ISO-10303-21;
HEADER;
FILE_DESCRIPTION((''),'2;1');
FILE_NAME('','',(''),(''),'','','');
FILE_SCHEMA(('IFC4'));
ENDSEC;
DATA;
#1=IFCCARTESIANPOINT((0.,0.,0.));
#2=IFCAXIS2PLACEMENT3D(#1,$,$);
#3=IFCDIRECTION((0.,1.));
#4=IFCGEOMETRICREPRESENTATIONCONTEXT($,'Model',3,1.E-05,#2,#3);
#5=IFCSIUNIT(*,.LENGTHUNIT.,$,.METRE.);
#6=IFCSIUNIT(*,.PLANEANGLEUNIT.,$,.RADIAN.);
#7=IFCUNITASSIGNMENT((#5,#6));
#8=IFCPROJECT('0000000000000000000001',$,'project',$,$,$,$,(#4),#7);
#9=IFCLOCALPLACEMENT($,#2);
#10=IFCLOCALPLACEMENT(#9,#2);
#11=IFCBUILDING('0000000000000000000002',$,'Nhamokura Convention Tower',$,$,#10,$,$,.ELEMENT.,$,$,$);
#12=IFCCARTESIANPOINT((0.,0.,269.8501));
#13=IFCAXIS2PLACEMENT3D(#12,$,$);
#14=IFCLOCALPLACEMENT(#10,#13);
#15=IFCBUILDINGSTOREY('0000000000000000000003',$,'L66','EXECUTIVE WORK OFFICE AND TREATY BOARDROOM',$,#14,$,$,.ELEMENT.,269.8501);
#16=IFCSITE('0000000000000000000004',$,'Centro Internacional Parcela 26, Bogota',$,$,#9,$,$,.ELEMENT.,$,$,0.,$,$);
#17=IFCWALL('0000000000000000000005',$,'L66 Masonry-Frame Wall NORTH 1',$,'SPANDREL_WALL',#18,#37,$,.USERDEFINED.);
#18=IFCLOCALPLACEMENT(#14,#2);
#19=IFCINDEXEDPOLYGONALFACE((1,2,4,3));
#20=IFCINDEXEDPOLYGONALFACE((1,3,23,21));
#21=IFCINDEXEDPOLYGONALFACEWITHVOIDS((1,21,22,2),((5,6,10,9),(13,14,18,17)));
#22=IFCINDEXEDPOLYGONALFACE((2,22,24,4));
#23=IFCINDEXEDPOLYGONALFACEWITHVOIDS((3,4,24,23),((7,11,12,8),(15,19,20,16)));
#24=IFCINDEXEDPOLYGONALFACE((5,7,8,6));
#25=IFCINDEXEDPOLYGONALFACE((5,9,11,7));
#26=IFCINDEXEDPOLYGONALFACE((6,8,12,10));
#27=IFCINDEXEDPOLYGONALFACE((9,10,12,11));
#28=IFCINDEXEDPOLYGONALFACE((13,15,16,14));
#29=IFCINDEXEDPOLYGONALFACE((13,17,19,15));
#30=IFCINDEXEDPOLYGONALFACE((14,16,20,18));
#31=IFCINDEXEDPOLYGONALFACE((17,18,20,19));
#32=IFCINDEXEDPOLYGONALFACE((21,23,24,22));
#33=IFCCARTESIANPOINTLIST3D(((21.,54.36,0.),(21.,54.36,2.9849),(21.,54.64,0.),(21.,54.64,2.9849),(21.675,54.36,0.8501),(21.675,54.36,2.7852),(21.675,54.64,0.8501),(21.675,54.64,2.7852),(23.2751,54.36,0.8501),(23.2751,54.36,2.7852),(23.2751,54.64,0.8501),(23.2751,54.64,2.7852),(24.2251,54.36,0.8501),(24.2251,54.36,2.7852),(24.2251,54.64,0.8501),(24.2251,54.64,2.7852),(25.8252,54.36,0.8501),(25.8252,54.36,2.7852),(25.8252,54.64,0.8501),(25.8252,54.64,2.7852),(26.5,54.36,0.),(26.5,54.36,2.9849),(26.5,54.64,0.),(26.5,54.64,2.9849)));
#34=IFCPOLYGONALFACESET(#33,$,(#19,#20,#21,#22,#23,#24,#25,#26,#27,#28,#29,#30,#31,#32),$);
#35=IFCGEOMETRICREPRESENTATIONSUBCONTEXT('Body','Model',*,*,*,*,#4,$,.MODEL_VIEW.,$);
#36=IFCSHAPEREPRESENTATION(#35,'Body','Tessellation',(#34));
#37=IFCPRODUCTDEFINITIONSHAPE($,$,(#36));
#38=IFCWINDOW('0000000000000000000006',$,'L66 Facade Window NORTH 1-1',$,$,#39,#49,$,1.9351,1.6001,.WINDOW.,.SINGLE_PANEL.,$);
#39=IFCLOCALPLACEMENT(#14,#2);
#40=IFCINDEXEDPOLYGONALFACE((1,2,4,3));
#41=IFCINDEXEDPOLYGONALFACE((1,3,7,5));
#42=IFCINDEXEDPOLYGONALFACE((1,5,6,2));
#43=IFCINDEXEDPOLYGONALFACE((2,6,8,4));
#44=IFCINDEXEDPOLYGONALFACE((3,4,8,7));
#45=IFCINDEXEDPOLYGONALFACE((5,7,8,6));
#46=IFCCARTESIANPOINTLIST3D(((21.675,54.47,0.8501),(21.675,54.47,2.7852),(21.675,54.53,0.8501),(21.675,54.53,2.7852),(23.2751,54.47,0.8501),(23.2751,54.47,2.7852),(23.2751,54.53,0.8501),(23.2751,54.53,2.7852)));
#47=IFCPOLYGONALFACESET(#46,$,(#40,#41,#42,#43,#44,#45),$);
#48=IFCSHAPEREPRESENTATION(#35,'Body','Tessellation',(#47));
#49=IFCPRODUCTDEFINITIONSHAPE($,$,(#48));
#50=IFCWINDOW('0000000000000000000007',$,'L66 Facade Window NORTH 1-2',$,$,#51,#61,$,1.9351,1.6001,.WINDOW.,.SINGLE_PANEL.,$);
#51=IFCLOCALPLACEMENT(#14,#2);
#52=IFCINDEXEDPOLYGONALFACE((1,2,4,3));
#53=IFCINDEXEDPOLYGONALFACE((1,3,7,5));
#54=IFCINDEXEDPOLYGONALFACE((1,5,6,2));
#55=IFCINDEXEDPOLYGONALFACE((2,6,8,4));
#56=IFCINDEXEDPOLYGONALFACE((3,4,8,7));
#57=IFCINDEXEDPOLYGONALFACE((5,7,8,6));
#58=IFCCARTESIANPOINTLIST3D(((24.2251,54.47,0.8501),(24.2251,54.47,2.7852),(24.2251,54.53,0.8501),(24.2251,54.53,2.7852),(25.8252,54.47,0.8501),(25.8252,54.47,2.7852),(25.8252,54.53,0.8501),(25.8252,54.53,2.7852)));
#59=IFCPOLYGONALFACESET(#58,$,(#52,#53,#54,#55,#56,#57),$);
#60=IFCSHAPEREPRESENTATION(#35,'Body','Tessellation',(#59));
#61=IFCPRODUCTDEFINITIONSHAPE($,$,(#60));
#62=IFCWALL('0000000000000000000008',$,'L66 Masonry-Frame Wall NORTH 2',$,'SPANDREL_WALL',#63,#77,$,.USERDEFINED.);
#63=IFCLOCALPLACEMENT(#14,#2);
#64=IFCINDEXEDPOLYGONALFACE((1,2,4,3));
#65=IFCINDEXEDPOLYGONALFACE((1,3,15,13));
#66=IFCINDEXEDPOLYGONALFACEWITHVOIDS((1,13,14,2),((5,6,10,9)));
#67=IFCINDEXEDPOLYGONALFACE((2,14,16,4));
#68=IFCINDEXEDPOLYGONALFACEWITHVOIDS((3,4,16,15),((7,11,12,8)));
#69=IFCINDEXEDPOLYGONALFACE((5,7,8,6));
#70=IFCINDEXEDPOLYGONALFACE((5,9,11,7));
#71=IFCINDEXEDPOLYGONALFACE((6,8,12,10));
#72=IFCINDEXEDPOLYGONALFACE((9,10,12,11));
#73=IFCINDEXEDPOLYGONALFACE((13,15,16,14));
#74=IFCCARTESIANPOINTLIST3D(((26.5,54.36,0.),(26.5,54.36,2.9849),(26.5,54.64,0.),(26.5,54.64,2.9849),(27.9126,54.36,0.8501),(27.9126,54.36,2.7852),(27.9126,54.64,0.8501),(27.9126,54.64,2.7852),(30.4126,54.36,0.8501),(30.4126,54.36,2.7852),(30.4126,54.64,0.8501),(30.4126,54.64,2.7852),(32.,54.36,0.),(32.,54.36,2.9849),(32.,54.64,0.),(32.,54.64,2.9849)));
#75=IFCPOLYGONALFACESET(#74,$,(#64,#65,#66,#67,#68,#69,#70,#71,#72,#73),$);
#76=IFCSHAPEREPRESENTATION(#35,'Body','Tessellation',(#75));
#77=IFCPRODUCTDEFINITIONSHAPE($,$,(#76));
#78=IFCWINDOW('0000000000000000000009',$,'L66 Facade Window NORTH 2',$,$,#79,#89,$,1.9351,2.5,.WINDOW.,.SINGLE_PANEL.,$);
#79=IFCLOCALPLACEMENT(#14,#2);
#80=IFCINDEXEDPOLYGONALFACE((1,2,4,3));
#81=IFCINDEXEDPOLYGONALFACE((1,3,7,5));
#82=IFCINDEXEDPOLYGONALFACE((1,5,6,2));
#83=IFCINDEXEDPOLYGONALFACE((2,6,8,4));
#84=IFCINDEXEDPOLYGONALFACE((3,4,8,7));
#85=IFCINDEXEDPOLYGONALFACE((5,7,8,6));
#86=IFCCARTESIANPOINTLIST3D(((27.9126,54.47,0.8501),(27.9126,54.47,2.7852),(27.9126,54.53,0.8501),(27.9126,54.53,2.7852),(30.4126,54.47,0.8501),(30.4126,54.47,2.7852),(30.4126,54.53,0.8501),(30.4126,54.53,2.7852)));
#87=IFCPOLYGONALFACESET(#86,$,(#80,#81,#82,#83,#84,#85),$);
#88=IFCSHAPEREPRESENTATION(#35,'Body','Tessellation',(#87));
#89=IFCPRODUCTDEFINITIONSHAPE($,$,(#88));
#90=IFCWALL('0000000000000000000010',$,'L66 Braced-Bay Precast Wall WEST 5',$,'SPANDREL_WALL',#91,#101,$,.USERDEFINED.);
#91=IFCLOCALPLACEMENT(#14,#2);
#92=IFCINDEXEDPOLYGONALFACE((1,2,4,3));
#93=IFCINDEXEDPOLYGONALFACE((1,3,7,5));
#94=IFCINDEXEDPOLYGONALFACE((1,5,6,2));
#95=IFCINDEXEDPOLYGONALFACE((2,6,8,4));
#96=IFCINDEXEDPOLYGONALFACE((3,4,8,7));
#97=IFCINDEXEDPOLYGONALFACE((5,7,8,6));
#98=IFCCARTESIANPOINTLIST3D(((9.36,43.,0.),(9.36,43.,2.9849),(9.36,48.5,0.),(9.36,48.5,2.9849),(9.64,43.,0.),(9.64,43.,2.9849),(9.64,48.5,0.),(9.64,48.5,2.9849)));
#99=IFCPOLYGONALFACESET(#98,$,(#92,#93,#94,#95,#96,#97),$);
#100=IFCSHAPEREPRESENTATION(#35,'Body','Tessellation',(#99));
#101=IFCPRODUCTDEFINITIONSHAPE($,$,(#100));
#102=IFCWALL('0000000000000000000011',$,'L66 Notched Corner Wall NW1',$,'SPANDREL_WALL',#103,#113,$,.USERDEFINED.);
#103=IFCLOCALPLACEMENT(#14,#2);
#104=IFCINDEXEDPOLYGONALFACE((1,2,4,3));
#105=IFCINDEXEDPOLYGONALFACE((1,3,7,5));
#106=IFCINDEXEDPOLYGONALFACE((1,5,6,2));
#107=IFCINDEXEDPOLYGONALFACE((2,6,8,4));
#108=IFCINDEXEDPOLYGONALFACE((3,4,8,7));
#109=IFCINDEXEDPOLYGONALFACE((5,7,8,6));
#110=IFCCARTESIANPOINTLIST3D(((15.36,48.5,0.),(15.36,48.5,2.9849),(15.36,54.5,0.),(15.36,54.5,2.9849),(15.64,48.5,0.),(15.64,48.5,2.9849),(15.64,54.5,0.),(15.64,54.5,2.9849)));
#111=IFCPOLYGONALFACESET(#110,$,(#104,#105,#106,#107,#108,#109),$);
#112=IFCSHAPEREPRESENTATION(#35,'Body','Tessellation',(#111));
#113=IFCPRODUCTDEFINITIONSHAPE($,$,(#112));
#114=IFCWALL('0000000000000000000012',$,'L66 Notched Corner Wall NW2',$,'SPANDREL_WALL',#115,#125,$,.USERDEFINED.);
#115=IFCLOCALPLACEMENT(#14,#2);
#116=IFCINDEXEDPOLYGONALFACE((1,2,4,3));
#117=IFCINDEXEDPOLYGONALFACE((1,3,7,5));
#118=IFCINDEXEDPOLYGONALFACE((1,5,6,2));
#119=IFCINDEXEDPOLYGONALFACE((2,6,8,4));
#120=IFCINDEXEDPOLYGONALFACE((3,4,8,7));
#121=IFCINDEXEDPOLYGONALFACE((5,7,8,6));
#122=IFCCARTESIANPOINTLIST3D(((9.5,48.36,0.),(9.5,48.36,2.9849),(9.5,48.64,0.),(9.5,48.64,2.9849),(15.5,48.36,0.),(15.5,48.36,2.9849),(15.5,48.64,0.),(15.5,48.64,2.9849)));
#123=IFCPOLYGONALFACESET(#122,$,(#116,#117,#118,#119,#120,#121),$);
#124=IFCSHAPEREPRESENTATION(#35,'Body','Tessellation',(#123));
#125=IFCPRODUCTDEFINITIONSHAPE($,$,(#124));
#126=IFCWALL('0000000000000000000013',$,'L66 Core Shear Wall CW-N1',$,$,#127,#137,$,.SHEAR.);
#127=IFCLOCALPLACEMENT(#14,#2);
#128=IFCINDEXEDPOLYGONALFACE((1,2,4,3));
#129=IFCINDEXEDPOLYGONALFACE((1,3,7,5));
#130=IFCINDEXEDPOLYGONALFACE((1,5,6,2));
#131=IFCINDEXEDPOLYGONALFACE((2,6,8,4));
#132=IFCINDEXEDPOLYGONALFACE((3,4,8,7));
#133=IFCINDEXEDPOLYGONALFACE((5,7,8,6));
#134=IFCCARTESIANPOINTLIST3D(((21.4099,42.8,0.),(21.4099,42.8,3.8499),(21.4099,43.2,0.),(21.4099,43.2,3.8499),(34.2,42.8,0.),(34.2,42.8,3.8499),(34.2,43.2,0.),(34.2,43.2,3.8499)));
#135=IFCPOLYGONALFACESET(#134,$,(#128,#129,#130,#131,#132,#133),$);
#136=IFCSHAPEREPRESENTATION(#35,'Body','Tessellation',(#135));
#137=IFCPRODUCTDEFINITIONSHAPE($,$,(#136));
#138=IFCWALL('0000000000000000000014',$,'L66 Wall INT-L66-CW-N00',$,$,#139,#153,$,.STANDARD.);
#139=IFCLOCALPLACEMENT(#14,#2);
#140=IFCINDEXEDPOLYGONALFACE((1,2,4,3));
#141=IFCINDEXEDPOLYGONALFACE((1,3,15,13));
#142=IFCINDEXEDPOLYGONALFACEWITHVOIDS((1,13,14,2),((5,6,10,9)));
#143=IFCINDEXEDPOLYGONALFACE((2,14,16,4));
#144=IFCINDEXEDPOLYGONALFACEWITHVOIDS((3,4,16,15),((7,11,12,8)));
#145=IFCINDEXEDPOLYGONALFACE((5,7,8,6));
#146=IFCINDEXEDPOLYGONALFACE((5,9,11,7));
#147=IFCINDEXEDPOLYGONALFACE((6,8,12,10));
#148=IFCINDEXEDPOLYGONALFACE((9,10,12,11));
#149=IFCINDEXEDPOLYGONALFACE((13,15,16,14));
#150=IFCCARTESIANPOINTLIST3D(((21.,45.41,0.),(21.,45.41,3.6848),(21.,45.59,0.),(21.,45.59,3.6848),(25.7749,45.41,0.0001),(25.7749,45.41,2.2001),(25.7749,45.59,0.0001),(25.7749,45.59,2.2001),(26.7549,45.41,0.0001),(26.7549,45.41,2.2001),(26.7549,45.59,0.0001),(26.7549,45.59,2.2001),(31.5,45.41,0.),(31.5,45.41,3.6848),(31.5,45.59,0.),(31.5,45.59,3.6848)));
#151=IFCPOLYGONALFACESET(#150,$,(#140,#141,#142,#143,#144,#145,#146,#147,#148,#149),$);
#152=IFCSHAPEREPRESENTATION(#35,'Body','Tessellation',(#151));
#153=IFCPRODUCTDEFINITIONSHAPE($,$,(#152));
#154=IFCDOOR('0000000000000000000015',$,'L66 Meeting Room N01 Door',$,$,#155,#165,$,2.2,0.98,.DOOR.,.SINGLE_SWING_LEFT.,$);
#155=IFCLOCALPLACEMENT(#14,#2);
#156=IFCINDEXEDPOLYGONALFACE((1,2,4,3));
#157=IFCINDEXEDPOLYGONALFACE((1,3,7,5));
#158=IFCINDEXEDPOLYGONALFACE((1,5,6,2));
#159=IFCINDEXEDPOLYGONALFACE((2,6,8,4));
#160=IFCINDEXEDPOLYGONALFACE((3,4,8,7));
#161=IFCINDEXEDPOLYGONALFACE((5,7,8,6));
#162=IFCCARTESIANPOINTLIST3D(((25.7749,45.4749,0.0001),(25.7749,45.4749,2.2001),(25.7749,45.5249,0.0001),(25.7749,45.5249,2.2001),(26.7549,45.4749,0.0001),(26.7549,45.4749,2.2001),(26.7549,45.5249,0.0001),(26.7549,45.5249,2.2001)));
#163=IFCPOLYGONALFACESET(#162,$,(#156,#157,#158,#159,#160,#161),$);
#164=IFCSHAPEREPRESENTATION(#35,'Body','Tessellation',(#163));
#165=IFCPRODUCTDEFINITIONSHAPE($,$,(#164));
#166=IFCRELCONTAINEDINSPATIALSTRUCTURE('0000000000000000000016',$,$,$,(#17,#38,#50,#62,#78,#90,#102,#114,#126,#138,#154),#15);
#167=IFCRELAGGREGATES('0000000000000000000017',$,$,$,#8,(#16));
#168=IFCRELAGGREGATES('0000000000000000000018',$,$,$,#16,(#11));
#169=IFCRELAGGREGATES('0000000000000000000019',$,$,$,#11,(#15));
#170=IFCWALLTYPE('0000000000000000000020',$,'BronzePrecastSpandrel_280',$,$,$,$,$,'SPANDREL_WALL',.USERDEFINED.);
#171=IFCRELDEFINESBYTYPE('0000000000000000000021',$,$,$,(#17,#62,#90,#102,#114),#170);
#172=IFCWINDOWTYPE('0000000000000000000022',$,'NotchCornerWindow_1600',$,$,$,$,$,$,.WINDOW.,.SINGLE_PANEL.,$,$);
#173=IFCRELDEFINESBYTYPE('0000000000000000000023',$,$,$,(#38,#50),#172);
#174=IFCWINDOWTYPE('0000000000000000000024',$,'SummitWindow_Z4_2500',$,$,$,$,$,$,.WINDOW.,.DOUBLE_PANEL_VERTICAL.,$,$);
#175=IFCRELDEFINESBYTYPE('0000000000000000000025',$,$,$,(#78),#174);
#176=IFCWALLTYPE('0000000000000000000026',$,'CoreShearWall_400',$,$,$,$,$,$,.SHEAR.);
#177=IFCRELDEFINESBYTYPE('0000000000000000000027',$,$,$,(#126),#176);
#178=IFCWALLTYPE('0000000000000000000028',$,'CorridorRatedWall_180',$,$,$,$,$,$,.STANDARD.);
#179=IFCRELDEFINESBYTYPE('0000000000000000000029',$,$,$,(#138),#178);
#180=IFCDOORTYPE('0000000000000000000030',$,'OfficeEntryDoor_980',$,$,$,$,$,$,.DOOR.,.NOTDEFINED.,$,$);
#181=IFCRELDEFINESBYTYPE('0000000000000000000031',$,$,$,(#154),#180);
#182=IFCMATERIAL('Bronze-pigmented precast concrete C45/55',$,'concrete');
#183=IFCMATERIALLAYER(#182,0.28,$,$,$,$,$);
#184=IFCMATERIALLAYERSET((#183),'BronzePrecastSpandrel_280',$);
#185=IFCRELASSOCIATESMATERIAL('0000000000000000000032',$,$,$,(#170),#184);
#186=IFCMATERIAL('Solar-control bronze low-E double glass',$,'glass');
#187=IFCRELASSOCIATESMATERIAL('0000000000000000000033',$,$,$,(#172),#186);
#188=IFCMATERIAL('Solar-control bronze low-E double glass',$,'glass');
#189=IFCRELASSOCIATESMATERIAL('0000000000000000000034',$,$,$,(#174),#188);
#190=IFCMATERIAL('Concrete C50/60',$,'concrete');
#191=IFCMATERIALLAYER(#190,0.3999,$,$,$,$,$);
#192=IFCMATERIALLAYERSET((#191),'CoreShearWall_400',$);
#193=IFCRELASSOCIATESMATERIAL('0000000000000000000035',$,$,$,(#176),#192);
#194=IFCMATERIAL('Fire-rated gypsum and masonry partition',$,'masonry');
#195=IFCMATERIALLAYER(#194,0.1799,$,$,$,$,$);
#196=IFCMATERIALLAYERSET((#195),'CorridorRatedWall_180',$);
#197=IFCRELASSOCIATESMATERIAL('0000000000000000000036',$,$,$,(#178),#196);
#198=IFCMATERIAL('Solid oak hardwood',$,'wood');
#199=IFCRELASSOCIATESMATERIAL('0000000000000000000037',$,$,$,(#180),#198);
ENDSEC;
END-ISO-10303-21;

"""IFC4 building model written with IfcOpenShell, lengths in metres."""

from ifc_helpers import new_model, si_unit, direction, frame, frame_2d, origin, place, context, subcontext, project, spatial, rectangle, extrude, material, layer, layer_set, type_object, element, fill, save


model = new_model("IFC4")

# Units and contexts
model_context = context("Model", 3, precision=1e-05, world=origin(), true_north=direction((0.0, 1.0)))
body_context = subcontext(model_context, "Body", "Model", "MODEL_VIEW")
ifc_project = project(units=[si_unit("LENGTHUNIT", "METRE"), si_unit("PLANEANGLEUNIT", "RADIAN")], contexts=[model_context])

# Site, building, storey
site_placement = place(None, origin())
site = spatial("IfcSite", under=ifc_project, at=site_placement, Name="Centro Internacional Parcela 26, Bogota", CompositionType="ELEMENT", RefElevation=0.0)
building_placement = place(site_placement, origin())
building = spatial("IfcBuilding", under=site, at=building_placement, Name="Nhamokura Convention Tower", CompositionType="ELEMENT")
storey_placement = place(building_placement, frame((0.0, 0.0, 269.8501)))
storey = spatial("IfcBuildingStorey", under=building, at=storey_placement, Name="L66", Description="EXECUTIVE WORK OFFICE AND TREATY BOARDROOM", CompositionType="ELEMENT", Elevation=269.8501)

# Shared definitions
ifc_material_1 = material(Name="Bronze-pigmented precast concrete C45/55", Category="concrete")
ifc_layer_1 = layer(ifc_material_1, 0.28)
ifc_layer_set_1 = layer_set([ifc_layer_1], Name="BronzePrecastSpandrel_280")
wall_type_1 = type_object("IfcWallType", Name="BronzePrecastSpandrel_280", ElementType="SPANDREL_WALL", PredefinedType="USERDEFINED", material=ifc_layer_set_1)

# Wall, openings, windows
wall_1_placement = place(storey_placement, frame((21.0, 54.5, 0.0), z_axis=(0.0, 0.0, 1.0), x_axis=(1.0, 0.0, 0.0)))
wall_1 = element("IfcWall", 1, at=wall_1_placement, inside=storey, type_object=wall_type_1, Name="L66 Masonry-Frame Wall NORTH 1", ObjectType="SPANDREL_WALL", PredefinedType="USERDEFINED", context=body_context, shape_type="SweptSolid", body=[
    extrude(rectangle(XDim=5.5, YDim=0.28, at=frame_2d((2.75, 0.0))), origin(), (0.0, 0.0, 1.0), 2.9849),
])
opening_1_placement = place(wall_1_placement, frame((0.675, 0.0, 0.8501)))
opening_1 = element("IfcOpeningElement", 2, at=opening_1_placement, cuts=wall_1, PredefinedType="OPENING", context=body_context, shape_type="SweptSolid", body=[
    extrude(rectangle(XDim=1.6001, YDim=1.9351, at=frame_2d((0.8, 0.9675))), frame((0.0, 0.1499, 0.0), z_axis=(0.0, -1.0, 0.0), x_axis=(1.0, 0.0, 0.0)), (0.0, 0.0, 1.0), 0.3),
])
opening_2_placement = place(wall_1_placement, frame((3.2251, 0.0, 0.8501)))
opening_2 = element("IfcOpeningElement", 3, at=opening_2_placement, cuts=wall_1, PredefinedType="OPENING", context=body_context, shape_type="SweptSolid", body=[
    extrude(rectangle(XDim=1.6001, YDim=1.9351, at=frame_2d((0.8, 0.9675))), frame((0.0, 0.1499, 0.0), z_axis=(0.0, -1.0, 0.0), x_axis=(1.0, 0.0, 0.0)), (0.0, 0.0, 1.0), 0.3),
])
ifc_material_2 = material(Name="Solar-control bronze low-E double glass", Category="glass")
window_type_1 = type_object("IfcWindowType", Name="NotchCornerWindow_1600", PartitioningType="SINGLE_PANEL", PredefinedType="WINDOW", material=ifc_material_2)
window_1_placement = place(opening_1_placement, origin())
window_1 = element("IfcWindow", 4, at=window_1_placement, inside=storey, type_object=window_type_1, Name="L66 Facade Window NORTH 1-1", OverallHeight=1.9351, OverallWidth=1.6001, PartitioningType="SINGLE_PANEL", PredefinedType="WINDOW", context=body_context, shape_type="SweptSolid", body=[
    extrude(rectangle(XDim=1.6001, YDim=1.9351, at=frame_2d((0.8, 0.9675))), frame((0.0, 0.03, 0.0), z_axis=(0.0, -1.0, 0.0), x_axis=(1.0, 0.0, 0.0)), (0.0, 0.0, 1.0), 0.0601),
])
fill(opening_1, window_1)
window_2_placement = place(opening_2_placement, origin())
window_2 = element("IfcWindow", 5, at=window_2_placement, inside=storey, type_object=window_type_1, Name="L66 Facade Window NORTH 1-2", OverallHeight=1.9351, OverallWidth=1.6001, PartitioningType="SINGLE_PANEL", PredefinedType="WINDOW", context=body_context, shape_type="SweptSolid", body=[
    extrude(rectangle(XDim=1.6001, YDim=1.9351, at=frame_2d((0.8, 0.9675))), frame((0.0, 0.03, 0.0), z_axis=(0.0, -1.0, 0.0), x_axis=(1.0, 0.0, 0.0)), (0.0, 0.0, 1.0), 0.0601),
])
fill(opening_2, window_2)

# Wall, opening, window
wall_2_placement = place(storey_placement, frame((26.5, 54.5, 0.0), z_axis=(0.0, 0.0, 1.0), x_axis=(1.0, 0.0, 0.0)))
wall_2 = element("IfcWall", 6, at=wall_2_placement, inside=storey, type_object=wall_type_1, Name="L66 Masonry-Frame Wall NORTH 2", ObjectType="SPANDREL_WALL", PredefinedType="USERDEFINED", context=body_context, shape_type="SweptSolid", body=[
    extrude(rectangle(XDim=5.5, YDim=0.28, at=frame_2d((2.75, 0.0))), origin(), (0.0, 0.0, 1.0), 2.9849),
])
opening_3_placement = place(wall_2_placement, frame((1.4126, 0.0, 0.8501)))
opening_3 = element("IfcOpeningElement", 7, at=opening_3_placement, cuts=wall_2, PredefinedType="OPENING", context=body_context, shape_type="SweptSolid", body=[
    extrude(rectangle(XDim=2.5, YDim=1.9351, at=frame_2d((1.25, 0.9675))), frame((0.0, 0.1499, 0.0), z_axis=(0.0, -1.0, 0.0), x_axis=(1.0, 0.0, 0.0)), (0.0, 0.0, 1.0), 0.3),
])
ifc_material_3 = material(Name="Solar-control bronze low-E double glass", Category="glass")
window_type_2 = type_object("IfcWindowType", Name="SummitWindow_Z4_2500", PartitioningType="DOUBLE_PANEL_VERTICAL", PredefinedType="WINDOW", material=ifc_material_3)
window_3_placement = place(opening_3_placement, origin())
window_3 = element("IfcWindow", 8, at=window_3_placement, inside=storey, type_object=window_type_2, Name="L66 Facade Window NORTH 2", OverallHeight=1.9351, OverallWidth=2.5, PartitioningType="SINGLE_PANEL", PredefinedType="WINDOW", context=body_context, shape_type="SweptSolid", body=[
    extrude(rectangle(XDim=2.5, YDim=1.9351, at=frame_2d((1.25, 0.9675))), frame((0.0, 0.03, 0.0), z_axis=(0.0, -1.0, 0.0), x_axis=(1.0, 0.0, 0.0)), (0.0, 0.0, 1.0), 0.0601),
])
fill(opening_3, window_3)

# Walls
wall_3_placement = place(storey_placement, frame((9.5, 43.0, 0.0), z_axis=(0.0, 0.0, 1.0), x_axis=(0.0, 1.0, 0.0)))
element("IfcWall", 9, at=wall_3_placement, inside=storey, type_object=wall_type_1, Name="L66 Braced-Bay Precast Wall WEST 5", ObjectType="SPANDREL_WALL", PredefinedType="USERDEFINED", context=body_context, shape_type="SweptSolid", body=[
    extrude(rectangle(XDim=5.5, YDim=0.28, at=frame_2d((2.75, 0.0))), origin(), (0.0, 0.0, 1.0), 2.9849),
])
for number, where, z_axis, x_axis, name in (
    (10, (15.5, 48.5, 0.0), (0.0, 0.0, 1.0), (0.0, 1.0, 0.0), "L66 Notched Corner Wall NW1"),
    (11, (9.5, 48.5, 0.0), (0.0, 0.0, 1.0), (1.0, 0.0, 0.0), "L66 Notched Corner Wall NW2"),
):
    element("IfcWall", number, at=place(storey_placement, frame(where, z_axis=z_axis, x_axis=x_axis)), inside=storey, type_object=wall_type_1, Name=name, ObjectType="SPANDREL_WALL", PredefinedType="USERDEFINED", context=body_context, shape_type="SweptSolid", body=[
        extrude(rectangle(XDim=6.0, YDim=0.28, at=frame_2d((3.0, 0.0))), origin(), (0.0, 0.0, 1.0), 2.9849),
    ])
ifc_material_4 = material(Name="Concrete C50/60", Category="concrete")
ifc_layer_2 = layer(ifc_material_4, 0.3999)
ifc_layer_set_2 = layer_set([ifc_layer_2], Name="CoreShearWall_400")
wall_type_2 = type_object("IfcWallType", Name="CoreShearWall_400", PredefinedType="SHEAR", material=ifc_layer_set_2)
wall_4_placement = place(storey_placement, frame((21.4099, 43.0, 0.0), z_axis=(0.0, 0.0, 1.0), x_axis=(1.0, 0.0, 0.0)))
element("IfcWall", 12, at=wall_4_placement, inside=storey, type_object=wall_type_2, Name="L66 Core Shear Wall CW-N1", PredefinedType="SHEAR", context=body_context, shape_type="SweptSolid", body=[
    extrude(rectangle(XDim=12.79, YDim=0.3999, at=frame_2d((6.395, 0.0))), origin(), (0.0, 0.0, 1.0), 3.8499),
])

# Wall, opening, door
ifc_material_5 = material(Name="Fire-rated gypsum and masonry partition", Category="masonry")
ifc_layer_3 = layer(ifc_material_5, 0.1799)
ifc_layer_set_3 = layer_set([ifc_layer_3], Name="CorridorRatedWall_180")
wall_type_3 = type_object("IfcWallType", Name="CorridorRatedWall_180", PredefinedType="STANDARD", material=ifc_layer_set_3)
wall_5_placement = place(storey_placement, frame((21.0, 45.5, 0.0), z_axis=(0.0, 0.0, 1.0), x_axis=(1.0, 0.0, 0.0)))
wall_5 = element("IfcWall", 13, at=wall_5_placement, inside=storey, type_object=wall_type_3, Name="L66 Wall INT-L66-CW-N00", PredefinedType="STANDARD", context=body_context, shape_type="SweptSolid", body=[
    extrude(rectangle(XDim=10.5, YDim=0.1799, at=frame_2d((5.25, 0.0))), origin(), (0.0, 0.0, 1.0), 3.6848),
])
opening_4_placement = place(wall_5_placement, frame((4.7749, 0.0, 0.0)))
opening_4 = element("IfcOpeningElement", 14, at=opening_4_placement, cuts=wall_5, PredefinedType="OPENING", context=body_context, shape_type="SweptSolid", body=[
    extrude(rectangle(XDim=0.98, YDim=2.2, at=frame_2d((0.49, 1.1001))), frame((0.0, 0.0999, 0.0), z_axis=(0.0, -1.0, 0.0), x_axis=(1.0, 0.0, 0.0)), (0.0, 0.0, 1.0), 0.2),
])
ifc_material_6 = material(Name="Solid oak hardwood", Category="wood")
door_type = type_object("IfcDoorType", Name="OfficeEntryDoor_980", OperationType="NOTDEFINED", PredefinedType="DOOR", material=ifc_material_6)
door_placement = place(opening_4_placement, origin())
door = element("IfcDoor", 15, at=door_placement, inside=storey, type_object=door_type, Name="L66 Meeting Room N01 Door", OperationType="SINGLE_SWING_LEFT", OverallHeight=2.2, OverallWidth=0.98, PredefinedType="DOOR", context=body_context, shape_type="SweptSolid", body=[
    extrude(rectangle(XDim=0.98, YDim=2.2, at=frame_2d((0.49, 1.1001))), frame((0.0, 0.0249, 0.0), z_axis=(0.0, -1.0, 0.0), x_axis=(1.0, 0.0, 0.0)), (0.0, 0.0, 1.0), 0.05),
])
fill(opening_4, door)

save(model, "model.ifc")
